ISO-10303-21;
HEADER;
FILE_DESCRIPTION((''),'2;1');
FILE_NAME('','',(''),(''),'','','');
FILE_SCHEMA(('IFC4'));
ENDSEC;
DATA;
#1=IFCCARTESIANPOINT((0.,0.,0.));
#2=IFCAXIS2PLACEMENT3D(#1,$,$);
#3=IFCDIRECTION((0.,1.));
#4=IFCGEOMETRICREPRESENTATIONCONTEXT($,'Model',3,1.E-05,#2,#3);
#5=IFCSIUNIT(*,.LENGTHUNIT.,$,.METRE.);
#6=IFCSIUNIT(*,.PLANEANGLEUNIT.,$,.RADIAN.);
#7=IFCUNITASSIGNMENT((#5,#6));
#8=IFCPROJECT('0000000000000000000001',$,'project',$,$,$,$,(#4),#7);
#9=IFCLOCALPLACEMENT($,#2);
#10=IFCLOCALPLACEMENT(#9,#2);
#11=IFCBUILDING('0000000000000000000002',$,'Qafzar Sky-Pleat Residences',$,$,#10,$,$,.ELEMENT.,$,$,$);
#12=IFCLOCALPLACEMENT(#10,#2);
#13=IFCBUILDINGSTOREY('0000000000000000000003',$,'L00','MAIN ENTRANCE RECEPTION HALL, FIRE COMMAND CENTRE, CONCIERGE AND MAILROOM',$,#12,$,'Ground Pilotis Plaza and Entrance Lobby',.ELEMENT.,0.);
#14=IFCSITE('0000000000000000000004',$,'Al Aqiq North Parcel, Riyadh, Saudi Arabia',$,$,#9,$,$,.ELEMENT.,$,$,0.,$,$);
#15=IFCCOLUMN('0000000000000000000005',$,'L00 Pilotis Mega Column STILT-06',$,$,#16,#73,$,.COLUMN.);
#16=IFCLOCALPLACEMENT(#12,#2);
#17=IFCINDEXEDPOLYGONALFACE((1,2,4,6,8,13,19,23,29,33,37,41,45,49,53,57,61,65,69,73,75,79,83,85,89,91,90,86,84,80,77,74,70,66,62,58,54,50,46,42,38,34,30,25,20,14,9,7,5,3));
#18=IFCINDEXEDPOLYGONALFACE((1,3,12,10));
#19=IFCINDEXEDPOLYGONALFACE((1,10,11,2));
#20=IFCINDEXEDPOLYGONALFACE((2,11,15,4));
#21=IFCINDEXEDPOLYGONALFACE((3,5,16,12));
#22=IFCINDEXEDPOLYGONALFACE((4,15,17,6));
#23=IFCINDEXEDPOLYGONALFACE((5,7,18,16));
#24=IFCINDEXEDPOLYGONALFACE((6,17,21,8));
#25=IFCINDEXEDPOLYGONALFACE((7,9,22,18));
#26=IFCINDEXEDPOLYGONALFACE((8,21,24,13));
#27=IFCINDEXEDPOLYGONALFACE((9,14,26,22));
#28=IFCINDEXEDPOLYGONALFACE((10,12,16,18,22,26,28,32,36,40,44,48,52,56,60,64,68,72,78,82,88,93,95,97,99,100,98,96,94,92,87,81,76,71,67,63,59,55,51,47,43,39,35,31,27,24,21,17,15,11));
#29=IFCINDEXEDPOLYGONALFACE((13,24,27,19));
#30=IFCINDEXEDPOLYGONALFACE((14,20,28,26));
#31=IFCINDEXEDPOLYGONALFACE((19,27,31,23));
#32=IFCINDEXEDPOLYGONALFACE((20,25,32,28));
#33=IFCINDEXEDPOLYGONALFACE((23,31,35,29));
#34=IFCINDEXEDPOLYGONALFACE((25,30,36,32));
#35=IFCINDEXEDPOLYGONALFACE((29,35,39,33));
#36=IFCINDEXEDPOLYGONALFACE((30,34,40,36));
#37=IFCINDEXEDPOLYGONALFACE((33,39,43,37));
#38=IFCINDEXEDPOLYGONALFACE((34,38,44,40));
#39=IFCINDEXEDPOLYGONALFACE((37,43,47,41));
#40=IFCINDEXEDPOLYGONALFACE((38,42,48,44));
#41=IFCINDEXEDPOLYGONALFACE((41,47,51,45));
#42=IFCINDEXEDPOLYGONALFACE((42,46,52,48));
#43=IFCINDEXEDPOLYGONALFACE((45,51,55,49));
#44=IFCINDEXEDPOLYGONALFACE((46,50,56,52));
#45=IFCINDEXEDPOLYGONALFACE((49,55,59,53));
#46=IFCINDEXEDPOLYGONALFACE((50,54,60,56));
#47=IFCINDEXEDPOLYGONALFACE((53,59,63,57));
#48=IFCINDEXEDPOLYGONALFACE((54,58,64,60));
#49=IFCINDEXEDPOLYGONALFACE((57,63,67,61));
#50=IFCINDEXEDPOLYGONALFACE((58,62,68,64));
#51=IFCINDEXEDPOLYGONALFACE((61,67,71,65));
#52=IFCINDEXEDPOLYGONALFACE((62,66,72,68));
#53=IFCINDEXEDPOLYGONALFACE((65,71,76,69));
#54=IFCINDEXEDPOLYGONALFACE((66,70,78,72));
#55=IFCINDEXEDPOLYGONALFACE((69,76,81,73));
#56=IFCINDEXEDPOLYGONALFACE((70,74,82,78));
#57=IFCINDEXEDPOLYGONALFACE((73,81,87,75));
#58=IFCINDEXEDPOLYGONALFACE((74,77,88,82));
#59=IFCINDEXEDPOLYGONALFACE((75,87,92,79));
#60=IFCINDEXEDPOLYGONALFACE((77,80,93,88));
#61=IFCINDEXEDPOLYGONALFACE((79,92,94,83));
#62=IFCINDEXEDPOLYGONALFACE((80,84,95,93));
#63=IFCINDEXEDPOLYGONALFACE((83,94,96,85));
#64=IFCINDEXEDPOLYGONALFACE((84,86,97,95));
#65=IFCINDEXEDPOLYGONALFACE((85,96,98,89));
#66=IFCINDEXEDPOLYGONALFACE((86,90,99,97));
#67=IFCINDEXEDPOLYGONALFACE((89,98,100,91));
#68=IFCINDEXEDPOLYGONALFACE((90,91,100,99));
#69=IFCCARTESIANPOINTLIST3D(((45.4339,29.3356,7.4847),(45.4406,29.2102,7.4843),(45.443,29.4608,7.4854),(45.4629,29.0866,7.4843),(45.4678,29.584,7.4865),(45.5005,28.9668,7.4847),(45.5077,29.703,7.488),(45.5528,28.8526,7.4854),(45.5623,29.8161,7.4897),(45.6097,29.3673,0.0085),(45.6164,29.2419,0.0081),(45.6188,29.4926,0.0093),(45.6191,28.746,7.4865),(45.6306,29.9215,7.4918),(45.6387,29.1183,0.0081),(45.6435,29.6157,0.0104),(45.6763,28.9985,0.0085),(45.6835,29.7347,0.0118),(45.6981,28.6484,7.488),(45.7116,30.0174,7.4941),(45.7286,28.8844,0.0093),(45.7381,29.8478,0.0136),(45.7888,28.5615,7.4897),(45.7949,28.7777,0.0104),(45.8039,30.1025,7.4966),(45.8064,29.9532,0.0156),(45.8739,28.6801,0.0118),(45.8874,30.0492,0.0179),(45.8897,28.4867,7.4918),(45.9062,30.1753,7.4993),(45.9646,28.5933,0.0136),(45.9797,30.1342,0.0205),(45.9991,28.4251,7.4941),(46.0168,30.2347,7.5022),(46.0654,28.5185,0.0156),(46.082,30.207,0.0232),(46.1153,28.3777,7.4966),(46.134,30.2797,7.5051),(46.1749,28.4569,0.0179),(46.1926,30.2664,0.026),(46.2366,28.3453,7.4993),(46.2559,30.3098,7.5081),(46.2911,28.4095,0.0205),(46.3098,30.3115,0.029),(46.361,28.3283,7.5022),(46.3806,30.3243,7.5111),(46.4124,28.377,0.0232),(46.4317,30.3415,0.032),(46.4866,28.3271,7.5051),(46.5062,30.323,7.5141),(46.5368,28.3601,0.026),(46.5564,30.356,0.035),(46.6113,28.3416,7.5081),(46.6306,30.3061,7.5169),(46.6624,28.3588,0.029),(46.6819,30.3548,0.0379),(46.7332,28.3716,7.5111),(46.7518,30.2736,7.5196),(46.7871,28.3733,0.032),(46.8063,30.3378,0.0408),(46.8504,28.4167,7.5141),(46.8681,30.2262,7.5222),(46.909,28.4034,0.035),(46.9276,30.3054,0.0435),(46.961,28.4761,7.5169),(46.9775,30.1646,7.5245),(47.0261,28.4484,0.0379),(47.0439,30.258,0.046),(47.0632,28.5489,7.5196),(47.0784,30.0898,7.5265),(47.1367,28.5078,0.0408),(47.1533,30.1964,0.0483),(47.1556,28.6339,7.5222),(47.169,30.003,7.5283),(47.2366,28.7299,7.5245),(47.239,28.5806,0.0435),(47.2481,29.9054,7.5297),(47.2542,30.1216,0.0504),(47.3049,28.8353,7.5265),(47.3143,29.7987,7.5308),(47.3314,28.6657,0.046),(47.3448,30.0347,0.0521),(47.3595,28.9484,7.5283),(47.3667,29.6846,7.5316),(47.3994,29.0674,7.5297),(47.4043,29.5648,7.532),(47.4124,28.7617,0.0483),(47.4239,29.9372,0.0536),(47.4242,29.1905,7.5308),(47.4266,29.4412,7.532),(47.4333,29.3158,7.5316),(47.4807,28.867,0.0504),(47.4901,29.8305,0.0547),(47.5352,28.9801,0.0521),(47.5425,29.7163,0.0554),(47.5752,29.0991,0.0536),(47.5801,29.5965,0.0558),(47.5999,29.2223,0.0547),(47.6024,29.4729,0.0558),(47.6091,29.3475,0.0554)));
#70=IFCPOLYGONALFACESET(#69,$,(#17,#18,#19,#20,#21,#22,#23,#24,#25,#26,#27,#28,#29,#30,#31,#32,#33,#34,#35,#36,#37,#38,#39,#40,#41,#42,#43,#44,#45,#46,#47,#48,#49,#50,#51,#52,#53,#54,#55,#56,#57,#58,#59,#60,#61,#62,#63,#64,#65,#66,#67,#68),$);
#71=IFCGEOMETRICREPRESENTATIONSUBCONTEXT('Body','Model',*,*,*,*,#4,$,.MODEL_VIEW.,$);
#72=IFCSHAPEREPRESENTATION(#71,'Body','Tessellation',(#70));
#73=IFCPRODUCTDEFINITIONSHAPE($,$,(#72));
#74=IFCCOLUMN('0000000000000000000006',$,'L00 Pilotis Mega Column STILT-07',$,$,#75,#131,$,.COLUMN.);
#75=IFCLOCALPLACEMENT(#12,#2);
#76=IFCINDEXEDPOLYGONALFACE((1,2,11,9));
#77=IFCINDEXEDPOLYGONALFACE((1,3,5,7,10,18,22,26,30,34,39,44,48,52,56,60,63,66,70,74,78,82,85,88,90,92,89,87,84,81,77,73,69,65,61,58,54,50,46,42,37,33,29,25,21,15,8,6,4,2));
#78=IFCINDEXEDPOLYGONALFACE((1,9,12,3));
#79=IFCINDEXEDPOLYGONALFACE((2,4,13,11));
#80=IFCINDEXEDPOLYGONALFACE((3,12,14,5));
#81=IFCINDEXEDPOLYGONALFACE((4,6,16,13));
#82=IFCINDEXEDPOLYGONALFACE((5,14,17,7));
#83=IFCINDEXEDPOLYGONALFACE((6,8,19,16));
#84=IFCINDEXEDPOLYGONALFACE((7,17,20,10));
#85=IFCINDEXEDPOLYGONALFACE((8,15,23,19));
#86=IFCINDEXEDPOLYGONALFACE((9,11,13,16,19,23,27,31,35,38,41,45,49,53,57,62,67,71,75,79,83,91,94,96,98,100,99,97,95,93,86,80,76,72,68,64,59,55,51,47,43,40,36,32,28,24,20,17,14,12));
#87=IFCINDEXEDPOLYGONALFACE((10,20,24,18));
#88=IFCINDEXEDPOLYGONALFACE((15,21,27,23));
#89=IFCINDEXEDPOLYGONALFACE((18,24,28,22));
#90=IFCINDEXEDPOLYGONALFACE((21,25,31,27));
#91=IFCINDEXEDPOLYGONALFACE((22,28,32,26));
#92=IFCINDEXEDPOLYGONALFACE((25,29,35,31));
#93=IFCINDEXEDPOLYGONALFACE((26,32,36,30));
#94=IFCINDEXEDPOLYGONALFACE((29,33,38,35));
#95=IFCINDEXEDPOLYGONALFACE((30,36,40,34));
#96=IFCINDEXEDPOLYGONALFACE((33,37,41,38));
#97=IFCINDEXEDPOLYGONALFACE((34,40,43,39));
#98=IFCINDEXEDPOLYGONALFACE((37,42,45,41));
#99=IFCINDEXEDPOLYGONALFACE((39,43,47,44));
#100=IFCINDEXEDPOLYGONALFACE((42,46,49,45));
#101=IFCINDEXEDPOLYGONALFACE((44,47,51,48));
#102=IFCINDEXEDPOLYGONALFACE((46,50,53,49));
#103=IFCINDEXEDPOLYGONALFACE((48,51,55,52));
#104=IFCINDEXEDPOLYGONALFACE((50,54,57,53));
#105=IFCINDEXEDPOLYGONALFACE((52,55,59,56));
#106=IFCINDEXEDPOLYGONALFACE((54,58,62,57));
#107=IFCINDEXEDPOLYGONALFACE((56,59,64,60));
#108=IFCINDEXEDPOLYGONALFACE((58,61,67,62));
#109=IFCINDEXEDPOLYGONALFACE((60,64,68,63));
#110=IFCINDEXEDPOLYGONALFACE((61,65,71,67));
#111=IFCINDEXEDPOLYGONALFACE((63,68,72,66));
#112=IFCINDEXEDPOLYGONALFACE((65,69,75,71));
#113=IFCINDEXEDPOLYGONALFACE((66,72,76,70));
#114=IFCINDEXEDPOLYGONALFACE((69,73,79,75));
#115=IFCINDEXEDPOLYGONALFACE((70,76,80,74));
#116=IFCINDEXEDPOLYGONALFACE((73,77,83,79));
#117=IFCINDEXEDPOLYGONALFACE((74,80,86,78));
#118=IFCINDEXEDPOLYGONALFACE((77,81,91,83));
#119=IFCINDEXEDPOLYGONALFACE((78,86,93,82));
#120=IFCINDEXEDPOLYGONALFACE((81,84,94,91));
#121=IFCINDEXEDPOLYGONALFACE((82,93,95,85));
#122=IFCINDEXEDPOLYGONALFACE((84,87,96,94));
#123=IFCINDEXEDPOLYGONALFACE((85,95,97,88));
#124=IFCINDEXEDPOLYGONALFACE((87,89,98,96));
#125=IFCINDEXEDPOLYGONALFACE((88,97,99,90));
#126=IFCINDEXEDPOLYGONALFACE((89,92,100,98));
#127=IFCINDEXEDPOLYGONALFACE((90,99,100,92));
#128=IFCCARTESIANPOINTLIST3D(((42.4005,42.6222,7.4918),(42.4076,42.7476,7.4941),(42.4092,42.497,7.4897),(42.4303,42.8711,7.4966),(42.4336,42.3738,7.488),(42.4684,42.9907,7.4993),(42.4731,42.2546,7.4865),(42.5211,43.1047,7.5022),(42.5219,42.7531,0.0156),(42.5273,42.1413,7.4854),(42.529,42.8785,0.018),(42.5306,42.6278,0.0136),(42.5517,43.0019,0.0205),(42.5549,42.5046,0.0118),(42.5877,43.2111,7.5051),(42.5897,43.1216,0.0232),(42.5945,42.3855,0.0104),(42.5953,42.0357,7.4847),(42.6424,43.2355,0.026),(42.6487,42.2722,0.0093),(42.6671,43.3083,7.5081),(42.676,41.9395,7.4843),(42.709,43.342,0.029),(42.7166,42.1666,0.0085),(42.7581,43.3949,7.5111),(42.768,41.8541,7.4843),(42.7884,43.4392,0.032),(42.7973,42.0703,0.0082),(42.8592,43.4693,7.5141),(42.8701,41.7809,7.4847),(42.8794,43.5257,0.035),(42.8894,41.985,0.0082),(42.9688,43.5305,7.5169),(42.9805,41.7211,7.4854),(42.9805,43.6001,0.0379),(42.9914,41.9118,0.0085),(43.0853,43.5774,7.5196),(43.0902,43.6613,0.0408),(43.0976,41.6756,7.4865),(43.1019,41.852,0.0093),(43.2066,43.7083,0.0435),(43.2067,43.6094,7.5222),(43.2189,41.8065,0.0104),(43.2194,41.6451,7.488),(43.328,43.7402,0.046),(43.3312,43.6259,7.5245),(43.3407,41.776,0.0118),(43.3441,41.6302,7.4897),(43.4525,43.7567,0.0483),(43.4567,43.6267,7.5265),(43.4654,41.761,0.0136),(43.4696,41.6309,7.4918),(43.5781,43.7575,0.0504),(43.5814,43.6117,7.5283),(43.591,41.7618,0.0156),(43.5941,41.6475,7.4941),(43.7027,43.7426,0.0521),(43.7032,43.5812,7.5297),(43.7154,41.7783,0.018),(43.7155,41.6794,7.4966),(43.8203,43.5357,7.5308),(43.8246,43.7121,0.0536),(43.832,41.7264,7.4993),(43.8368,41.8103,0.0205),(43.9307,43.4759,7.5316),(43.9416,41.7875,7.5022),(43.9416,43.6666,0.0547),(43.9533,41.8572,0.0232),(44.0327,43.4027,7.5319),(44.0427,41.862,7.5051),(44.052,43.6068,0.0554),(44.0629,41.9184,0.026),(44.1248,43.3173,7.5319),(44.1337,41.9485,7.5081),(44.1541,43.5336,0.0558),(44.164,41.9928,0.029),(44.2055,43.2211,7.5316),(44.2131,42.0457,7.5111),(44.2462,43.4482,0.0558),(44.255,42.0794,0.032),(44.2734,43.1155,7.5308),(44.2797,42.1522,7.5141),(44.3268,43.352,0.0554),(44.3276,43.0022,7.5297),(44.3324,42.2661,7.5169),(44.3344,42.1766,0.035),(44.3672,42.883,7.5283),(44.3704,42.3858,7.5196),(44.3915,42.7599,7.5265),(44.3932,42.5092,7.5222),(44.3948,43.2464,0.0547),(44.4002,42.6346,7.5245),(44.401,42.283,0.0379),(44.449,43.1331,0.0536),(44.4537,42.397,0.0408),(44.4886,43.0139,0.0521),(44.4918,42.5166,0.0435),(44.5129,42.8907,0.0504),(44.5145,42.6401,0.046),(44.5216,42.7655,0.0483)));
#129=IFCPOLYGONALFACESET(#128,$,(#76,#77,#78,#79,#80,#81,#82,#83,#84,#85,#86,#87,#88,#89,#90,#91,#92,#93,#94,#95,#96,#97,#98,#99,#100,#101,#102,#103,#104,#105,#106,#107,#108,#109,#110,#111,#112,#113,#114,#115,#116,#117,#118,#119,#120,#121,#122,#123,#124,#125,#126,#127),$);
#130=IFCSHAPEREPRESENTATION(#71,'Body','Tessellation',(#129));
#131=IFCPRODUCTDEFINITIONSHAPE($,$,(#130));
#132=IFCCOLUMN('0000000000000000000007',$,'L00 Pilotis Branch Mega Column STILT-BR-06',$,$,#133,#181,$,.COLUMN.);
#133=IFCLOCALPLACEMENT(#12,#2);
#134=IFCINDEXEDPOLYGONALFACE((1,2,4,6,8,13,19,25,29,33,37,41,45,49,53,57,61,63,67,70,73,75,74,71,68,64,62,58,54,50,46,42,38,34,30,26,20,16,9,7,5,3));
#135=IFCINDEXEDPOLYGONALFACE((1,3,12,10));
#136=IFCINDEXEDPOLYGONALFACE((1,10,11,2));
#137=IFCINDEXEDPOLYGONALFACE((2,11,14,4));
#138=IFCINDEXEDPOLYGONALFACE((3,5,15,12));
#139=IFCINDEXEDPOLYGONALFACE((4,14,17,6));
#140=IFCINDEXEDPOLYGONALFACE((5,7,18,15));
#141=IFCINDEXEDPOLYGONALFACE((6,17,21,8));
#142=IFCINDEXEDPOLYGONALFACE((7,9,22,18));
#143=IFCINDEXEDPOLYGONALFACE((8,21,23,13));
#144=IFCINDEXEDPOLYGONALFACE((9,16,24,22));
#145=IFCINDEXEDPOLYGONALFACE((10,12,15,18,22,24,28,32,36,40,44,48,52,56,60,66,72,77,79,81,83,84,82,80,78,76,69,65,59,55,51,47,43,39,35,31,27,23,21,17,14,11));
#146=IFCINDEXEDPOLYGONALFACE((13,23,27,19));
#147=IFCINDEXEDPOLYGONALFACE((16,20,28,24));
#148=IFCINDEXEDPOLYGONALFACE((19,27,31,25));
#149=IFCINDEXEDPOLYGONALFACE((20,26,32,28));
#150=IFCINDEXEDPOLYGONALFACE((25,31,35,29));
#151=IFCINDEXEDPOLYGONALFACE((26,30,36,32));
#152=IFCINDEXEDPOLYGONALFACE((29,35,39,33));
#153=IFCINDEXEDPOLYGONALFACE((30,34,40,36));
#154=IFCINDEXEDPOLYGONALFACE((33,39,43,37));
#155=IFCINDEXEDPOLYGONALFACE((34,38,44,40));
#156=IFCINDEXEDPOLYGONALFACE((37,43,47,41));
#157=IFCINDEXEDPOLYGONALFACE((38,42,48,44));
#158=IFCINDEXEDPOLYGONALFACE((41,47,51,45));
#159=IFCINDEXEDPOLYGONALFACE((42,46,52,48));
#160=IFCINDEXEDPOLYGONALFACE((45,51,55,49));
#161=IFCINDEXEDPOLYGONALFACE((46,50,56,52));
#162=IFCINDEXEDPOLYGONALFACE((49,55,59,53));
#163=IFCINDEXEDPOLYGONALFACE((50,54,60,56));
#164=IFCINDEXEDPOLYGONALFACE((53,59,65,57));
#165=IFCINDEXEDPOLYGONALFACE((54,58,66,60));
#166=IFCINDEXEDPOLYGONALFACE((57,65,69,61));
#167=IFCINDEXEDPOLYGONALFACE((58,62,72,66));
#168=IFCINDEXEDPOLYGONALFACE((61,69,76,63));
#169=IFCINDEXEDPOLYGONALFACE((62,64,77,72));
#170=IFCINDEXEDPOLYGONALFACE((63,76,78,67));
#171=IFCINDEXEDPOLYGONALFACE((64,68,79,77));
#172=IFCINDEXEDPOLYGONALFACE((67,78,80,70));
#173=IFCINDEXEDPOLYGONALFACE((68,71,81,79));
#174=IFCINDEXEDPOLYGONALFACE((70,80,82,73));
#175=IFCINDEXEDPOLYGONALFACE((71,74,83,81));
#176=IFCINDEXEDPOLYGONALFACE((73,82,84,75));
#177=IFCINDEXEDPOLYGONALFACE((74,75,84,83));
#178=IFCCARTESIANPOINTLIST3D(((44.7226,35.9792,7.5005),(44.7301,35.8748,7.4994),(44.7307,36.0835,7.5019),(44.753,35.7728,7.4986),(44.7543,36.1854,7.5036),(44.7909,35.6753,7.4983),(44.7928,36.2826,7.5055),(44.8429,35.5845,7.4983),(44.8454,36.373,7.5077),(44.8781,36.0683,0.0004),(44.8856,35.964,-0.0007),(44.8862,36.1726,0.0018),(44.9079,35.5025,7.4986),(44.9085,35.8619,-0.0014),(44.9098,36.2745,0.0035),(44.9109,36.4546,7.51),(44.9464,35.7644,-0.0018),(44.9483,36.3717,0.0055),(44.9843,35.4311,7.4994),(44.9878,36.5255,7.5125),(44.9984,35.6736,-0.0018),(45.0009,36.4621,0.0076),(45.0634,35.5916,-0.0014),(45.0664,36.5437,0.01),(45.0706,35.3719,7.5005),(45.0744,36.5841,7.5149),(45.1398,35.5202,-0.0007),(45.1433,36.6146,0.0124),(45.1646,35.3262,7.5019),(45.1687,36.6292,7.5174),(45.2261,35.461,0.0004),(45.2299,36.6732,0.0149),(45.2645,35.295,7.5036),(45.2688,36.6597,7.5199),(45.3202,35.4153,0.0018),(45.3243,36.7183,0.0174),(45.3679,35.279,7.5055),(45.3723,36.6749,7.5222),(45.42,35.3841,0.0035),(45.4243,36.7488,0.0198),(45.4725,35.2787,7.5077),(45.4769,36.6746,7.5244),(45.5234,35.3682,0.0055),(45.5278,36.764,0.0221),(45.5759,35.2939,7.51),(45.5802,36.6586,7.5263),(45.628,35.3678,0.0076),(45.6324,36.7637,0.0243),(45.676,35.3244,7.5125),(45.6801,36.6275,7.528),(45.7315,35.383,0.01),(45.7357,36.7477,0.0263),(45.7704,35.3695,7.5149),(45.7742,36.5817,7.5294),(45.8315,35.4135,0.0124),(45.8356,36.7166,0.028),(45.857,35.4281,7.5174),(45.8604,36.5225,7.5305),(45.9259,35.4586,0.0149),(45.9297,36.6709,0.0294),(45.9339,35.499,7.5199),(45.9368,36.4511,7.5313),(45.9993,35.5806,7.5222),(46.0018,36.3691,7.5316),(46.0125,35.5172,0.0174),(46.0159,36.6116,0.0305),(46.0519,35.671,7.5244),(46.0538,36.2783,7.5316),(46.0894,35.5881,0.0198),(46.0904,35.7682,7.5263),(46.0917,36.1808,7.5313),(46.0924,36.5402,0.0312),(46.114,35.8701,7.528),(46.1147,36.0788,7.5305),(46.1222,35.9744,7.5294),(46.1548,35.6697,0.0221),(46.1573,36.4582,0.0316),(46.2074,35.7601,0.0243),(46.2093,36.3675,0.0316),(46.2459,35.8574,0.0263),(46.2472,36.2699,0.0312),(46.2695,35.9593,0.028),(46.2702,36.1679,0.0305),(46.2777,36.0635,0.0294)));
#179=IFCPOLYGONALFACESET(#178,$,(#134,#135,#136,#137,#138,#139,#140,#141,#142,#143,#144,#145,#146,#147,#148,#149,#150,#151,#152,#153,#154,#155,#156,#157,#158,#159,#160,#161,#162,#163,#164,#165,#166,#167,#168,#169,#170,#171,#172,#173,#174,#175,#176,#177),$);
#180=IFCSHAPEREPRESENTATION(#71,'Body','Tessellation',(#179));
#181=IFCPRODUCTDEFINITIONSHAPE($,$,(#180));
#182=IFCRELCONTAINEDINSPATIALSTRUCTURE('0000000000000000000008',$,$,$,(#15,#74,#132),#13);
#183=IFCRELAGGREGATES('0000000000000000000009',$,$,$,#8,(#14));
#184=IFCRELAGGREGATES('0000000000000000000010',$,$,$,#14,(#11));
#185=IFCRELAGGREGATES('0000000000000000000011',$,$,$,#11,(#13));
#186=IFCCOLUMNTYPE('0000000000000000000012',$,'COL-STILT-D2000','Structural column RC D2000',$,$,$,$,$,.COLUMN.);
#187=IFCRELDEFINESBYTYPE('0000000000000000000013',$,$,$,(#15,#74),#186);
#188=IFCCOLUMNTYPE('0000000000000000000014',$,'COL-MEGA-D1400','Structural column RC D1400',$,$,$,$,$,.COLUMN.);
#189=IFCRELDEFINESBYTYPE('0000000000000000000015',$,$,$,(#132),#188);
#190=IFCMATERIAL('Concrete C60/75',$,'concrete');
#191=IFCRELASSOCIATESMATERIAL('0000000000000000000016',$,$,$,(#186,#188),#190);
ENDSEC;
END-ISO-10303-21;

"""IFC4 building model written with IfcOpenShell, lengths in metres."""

from ifc_helpers import new_model, si_unit, direction, frame, origin, origin_2d, place, context, subcontext, project, spatial, circle, extrude, source, transform, mapped, material, material_profile, profile_set, type_object, element, save


model = new_model("IFC4")

# Units and contexts
model_context = context("Model", 3, precision=1e-05, world=origin(), true_north=direction((0.0, 1.0)))
body_context = subcontext(model_context, "Body", "Model", "MODEL_VIEW")
ifc_project = project(units=[si_unit("LENGTHUNIT", "METRE"), si_unit("PLANEANGLEUNIT", "RADIAN")], contexts=[model_context])

# Site, building, storey
site_placement = place(None, origin())
site = spatial("IfcSite", under=ifc_project, at=site_placement, Name="Al Aqiq North Parcel, Riyadh, Saudi Arabia", CompositionType="ELEMENT", RefElevation=0.0)
building_placement = place(site_placement, origin())
building = spatial("IfcBuilding", under=site, at=building_placement, Name="Qafzar Sky-Pleat Residences", CompositionType="ELEMENT")
storey_placement = place(building_placement, origin())
storey = spatial("IfcBuildingStorey", under=building, at=storey_placement, Name="L00", Description="MAIN ENTRANCE RECEPTION HALL, FIRE COMMAND CENTRE, CONCIERGE AND MAILROOM", LongName="Ground Pilotis Plaza and Entrance Lobby", CompositionType="ELEMENT", Elevation=0.0)

# Columns
ifc_material_1 = material(Name="Concrete C60/75", Category="concrete")
ifc_material_profile_1 = material_profile(ifc_material_1, circle(Radius=1.0, at=origin_2d()), Name="RC D2000")
ifc_profile_set_1 = profile_set([ifc_material_profile_1], Name="Concrete C60/75")
column_type_1 = type_object("IfcColumnType", Name="COL-STILT-D2000", Description="Structural column RC D2000", PredefinedType="COLUMN", material=ifc_profile_set_1)
shared_shape_1 = source(origin(), body_context, "Body", "SweptSolid", [
    extrude(circle(Radius=1.0, at=origin_2d()), origin(), (0.0, 0.0, 1.0), 7.4783),
])
for number, where, z_axis, x_axis, name in (
    (1, (46.6094, 29.3574, 0.032), (-0.023506, -0.004244, 0.999715), (0.177683, -0.984088, 0.0), "L00 Pilotis Mega Column STILT-06"),
    (2, (43.5217, 42.7593, 0.032), (-0.016226, -0.017499, 0.999715), (0.733281, -0.679926, 0.0), "L00 Pilotis Mega Column STILT-07"),
):
    element("IfcColumn", number, at=place(storey_placement, frame(where, z_axis=z_axis, x_axis=x_axis)), inside=storey, type_object=column_type_1, Name=name, PredefinedType="COLUMN", context=body_context, shape_type="MappedRepresentation", body=[
        mapped(shared_shape_1, transform((0.0, 0.0, 0.0), x_axis=(1.0, 0.0, 0.0), y_axis=(0.0, 1.0, 0.0), z_axis=(0.0, 0.0, 1.0), scale=1.0)),
    ])
ifc_material_profile_2 = material_profile(ifc_material_1, circle(Radius=0.7, at=origin_2d()), Name="RC D1400")
ifc_profile_set_2 = profile_set([ifc_material_profile_2], Name="Concrete C60/75")
column_type_2 = type_object("IfcColumnType", Name="COL-MEGA-D1400", Description="Structural column RC D1400", PredefinedType="COLUMN", material=ifc_profile_set_2)
shared_shape_2 = source(origin(), body_context, "Body", "SweptSolid", [
    extrude(circle(Radius=0.7, at=origin_2d()), origin(), (0.0, 0.0, 1.0), 7.5022),
])
column_placement = place(storey_placement, frame((45.5779, 36.0659, 0.0149), z_axis=(-0.02073, -0.011878, 0.999715), x_axis=(0.497165, -0.867656, 0.0)))
element("IfcColumn", 3, at=column_placement, inside=storey, type_object=column_type_2, Name="L00 Pilotis Branch Mega Column STILT-BR-06", PredefinedType="COLUMN", context=body_context, shape_type="MappedRepresentation", body=[
    mapped(shared_shape_2, transform((0.0, 0.0, 0.0), x_axis=(1.0, 0.0, 0.0), y_axis=(0.0, 1.0, 0.0), z_axis=(0.0, 0.0, 1.0), scale=1.0)),
])

save(model, "model.ifc")
